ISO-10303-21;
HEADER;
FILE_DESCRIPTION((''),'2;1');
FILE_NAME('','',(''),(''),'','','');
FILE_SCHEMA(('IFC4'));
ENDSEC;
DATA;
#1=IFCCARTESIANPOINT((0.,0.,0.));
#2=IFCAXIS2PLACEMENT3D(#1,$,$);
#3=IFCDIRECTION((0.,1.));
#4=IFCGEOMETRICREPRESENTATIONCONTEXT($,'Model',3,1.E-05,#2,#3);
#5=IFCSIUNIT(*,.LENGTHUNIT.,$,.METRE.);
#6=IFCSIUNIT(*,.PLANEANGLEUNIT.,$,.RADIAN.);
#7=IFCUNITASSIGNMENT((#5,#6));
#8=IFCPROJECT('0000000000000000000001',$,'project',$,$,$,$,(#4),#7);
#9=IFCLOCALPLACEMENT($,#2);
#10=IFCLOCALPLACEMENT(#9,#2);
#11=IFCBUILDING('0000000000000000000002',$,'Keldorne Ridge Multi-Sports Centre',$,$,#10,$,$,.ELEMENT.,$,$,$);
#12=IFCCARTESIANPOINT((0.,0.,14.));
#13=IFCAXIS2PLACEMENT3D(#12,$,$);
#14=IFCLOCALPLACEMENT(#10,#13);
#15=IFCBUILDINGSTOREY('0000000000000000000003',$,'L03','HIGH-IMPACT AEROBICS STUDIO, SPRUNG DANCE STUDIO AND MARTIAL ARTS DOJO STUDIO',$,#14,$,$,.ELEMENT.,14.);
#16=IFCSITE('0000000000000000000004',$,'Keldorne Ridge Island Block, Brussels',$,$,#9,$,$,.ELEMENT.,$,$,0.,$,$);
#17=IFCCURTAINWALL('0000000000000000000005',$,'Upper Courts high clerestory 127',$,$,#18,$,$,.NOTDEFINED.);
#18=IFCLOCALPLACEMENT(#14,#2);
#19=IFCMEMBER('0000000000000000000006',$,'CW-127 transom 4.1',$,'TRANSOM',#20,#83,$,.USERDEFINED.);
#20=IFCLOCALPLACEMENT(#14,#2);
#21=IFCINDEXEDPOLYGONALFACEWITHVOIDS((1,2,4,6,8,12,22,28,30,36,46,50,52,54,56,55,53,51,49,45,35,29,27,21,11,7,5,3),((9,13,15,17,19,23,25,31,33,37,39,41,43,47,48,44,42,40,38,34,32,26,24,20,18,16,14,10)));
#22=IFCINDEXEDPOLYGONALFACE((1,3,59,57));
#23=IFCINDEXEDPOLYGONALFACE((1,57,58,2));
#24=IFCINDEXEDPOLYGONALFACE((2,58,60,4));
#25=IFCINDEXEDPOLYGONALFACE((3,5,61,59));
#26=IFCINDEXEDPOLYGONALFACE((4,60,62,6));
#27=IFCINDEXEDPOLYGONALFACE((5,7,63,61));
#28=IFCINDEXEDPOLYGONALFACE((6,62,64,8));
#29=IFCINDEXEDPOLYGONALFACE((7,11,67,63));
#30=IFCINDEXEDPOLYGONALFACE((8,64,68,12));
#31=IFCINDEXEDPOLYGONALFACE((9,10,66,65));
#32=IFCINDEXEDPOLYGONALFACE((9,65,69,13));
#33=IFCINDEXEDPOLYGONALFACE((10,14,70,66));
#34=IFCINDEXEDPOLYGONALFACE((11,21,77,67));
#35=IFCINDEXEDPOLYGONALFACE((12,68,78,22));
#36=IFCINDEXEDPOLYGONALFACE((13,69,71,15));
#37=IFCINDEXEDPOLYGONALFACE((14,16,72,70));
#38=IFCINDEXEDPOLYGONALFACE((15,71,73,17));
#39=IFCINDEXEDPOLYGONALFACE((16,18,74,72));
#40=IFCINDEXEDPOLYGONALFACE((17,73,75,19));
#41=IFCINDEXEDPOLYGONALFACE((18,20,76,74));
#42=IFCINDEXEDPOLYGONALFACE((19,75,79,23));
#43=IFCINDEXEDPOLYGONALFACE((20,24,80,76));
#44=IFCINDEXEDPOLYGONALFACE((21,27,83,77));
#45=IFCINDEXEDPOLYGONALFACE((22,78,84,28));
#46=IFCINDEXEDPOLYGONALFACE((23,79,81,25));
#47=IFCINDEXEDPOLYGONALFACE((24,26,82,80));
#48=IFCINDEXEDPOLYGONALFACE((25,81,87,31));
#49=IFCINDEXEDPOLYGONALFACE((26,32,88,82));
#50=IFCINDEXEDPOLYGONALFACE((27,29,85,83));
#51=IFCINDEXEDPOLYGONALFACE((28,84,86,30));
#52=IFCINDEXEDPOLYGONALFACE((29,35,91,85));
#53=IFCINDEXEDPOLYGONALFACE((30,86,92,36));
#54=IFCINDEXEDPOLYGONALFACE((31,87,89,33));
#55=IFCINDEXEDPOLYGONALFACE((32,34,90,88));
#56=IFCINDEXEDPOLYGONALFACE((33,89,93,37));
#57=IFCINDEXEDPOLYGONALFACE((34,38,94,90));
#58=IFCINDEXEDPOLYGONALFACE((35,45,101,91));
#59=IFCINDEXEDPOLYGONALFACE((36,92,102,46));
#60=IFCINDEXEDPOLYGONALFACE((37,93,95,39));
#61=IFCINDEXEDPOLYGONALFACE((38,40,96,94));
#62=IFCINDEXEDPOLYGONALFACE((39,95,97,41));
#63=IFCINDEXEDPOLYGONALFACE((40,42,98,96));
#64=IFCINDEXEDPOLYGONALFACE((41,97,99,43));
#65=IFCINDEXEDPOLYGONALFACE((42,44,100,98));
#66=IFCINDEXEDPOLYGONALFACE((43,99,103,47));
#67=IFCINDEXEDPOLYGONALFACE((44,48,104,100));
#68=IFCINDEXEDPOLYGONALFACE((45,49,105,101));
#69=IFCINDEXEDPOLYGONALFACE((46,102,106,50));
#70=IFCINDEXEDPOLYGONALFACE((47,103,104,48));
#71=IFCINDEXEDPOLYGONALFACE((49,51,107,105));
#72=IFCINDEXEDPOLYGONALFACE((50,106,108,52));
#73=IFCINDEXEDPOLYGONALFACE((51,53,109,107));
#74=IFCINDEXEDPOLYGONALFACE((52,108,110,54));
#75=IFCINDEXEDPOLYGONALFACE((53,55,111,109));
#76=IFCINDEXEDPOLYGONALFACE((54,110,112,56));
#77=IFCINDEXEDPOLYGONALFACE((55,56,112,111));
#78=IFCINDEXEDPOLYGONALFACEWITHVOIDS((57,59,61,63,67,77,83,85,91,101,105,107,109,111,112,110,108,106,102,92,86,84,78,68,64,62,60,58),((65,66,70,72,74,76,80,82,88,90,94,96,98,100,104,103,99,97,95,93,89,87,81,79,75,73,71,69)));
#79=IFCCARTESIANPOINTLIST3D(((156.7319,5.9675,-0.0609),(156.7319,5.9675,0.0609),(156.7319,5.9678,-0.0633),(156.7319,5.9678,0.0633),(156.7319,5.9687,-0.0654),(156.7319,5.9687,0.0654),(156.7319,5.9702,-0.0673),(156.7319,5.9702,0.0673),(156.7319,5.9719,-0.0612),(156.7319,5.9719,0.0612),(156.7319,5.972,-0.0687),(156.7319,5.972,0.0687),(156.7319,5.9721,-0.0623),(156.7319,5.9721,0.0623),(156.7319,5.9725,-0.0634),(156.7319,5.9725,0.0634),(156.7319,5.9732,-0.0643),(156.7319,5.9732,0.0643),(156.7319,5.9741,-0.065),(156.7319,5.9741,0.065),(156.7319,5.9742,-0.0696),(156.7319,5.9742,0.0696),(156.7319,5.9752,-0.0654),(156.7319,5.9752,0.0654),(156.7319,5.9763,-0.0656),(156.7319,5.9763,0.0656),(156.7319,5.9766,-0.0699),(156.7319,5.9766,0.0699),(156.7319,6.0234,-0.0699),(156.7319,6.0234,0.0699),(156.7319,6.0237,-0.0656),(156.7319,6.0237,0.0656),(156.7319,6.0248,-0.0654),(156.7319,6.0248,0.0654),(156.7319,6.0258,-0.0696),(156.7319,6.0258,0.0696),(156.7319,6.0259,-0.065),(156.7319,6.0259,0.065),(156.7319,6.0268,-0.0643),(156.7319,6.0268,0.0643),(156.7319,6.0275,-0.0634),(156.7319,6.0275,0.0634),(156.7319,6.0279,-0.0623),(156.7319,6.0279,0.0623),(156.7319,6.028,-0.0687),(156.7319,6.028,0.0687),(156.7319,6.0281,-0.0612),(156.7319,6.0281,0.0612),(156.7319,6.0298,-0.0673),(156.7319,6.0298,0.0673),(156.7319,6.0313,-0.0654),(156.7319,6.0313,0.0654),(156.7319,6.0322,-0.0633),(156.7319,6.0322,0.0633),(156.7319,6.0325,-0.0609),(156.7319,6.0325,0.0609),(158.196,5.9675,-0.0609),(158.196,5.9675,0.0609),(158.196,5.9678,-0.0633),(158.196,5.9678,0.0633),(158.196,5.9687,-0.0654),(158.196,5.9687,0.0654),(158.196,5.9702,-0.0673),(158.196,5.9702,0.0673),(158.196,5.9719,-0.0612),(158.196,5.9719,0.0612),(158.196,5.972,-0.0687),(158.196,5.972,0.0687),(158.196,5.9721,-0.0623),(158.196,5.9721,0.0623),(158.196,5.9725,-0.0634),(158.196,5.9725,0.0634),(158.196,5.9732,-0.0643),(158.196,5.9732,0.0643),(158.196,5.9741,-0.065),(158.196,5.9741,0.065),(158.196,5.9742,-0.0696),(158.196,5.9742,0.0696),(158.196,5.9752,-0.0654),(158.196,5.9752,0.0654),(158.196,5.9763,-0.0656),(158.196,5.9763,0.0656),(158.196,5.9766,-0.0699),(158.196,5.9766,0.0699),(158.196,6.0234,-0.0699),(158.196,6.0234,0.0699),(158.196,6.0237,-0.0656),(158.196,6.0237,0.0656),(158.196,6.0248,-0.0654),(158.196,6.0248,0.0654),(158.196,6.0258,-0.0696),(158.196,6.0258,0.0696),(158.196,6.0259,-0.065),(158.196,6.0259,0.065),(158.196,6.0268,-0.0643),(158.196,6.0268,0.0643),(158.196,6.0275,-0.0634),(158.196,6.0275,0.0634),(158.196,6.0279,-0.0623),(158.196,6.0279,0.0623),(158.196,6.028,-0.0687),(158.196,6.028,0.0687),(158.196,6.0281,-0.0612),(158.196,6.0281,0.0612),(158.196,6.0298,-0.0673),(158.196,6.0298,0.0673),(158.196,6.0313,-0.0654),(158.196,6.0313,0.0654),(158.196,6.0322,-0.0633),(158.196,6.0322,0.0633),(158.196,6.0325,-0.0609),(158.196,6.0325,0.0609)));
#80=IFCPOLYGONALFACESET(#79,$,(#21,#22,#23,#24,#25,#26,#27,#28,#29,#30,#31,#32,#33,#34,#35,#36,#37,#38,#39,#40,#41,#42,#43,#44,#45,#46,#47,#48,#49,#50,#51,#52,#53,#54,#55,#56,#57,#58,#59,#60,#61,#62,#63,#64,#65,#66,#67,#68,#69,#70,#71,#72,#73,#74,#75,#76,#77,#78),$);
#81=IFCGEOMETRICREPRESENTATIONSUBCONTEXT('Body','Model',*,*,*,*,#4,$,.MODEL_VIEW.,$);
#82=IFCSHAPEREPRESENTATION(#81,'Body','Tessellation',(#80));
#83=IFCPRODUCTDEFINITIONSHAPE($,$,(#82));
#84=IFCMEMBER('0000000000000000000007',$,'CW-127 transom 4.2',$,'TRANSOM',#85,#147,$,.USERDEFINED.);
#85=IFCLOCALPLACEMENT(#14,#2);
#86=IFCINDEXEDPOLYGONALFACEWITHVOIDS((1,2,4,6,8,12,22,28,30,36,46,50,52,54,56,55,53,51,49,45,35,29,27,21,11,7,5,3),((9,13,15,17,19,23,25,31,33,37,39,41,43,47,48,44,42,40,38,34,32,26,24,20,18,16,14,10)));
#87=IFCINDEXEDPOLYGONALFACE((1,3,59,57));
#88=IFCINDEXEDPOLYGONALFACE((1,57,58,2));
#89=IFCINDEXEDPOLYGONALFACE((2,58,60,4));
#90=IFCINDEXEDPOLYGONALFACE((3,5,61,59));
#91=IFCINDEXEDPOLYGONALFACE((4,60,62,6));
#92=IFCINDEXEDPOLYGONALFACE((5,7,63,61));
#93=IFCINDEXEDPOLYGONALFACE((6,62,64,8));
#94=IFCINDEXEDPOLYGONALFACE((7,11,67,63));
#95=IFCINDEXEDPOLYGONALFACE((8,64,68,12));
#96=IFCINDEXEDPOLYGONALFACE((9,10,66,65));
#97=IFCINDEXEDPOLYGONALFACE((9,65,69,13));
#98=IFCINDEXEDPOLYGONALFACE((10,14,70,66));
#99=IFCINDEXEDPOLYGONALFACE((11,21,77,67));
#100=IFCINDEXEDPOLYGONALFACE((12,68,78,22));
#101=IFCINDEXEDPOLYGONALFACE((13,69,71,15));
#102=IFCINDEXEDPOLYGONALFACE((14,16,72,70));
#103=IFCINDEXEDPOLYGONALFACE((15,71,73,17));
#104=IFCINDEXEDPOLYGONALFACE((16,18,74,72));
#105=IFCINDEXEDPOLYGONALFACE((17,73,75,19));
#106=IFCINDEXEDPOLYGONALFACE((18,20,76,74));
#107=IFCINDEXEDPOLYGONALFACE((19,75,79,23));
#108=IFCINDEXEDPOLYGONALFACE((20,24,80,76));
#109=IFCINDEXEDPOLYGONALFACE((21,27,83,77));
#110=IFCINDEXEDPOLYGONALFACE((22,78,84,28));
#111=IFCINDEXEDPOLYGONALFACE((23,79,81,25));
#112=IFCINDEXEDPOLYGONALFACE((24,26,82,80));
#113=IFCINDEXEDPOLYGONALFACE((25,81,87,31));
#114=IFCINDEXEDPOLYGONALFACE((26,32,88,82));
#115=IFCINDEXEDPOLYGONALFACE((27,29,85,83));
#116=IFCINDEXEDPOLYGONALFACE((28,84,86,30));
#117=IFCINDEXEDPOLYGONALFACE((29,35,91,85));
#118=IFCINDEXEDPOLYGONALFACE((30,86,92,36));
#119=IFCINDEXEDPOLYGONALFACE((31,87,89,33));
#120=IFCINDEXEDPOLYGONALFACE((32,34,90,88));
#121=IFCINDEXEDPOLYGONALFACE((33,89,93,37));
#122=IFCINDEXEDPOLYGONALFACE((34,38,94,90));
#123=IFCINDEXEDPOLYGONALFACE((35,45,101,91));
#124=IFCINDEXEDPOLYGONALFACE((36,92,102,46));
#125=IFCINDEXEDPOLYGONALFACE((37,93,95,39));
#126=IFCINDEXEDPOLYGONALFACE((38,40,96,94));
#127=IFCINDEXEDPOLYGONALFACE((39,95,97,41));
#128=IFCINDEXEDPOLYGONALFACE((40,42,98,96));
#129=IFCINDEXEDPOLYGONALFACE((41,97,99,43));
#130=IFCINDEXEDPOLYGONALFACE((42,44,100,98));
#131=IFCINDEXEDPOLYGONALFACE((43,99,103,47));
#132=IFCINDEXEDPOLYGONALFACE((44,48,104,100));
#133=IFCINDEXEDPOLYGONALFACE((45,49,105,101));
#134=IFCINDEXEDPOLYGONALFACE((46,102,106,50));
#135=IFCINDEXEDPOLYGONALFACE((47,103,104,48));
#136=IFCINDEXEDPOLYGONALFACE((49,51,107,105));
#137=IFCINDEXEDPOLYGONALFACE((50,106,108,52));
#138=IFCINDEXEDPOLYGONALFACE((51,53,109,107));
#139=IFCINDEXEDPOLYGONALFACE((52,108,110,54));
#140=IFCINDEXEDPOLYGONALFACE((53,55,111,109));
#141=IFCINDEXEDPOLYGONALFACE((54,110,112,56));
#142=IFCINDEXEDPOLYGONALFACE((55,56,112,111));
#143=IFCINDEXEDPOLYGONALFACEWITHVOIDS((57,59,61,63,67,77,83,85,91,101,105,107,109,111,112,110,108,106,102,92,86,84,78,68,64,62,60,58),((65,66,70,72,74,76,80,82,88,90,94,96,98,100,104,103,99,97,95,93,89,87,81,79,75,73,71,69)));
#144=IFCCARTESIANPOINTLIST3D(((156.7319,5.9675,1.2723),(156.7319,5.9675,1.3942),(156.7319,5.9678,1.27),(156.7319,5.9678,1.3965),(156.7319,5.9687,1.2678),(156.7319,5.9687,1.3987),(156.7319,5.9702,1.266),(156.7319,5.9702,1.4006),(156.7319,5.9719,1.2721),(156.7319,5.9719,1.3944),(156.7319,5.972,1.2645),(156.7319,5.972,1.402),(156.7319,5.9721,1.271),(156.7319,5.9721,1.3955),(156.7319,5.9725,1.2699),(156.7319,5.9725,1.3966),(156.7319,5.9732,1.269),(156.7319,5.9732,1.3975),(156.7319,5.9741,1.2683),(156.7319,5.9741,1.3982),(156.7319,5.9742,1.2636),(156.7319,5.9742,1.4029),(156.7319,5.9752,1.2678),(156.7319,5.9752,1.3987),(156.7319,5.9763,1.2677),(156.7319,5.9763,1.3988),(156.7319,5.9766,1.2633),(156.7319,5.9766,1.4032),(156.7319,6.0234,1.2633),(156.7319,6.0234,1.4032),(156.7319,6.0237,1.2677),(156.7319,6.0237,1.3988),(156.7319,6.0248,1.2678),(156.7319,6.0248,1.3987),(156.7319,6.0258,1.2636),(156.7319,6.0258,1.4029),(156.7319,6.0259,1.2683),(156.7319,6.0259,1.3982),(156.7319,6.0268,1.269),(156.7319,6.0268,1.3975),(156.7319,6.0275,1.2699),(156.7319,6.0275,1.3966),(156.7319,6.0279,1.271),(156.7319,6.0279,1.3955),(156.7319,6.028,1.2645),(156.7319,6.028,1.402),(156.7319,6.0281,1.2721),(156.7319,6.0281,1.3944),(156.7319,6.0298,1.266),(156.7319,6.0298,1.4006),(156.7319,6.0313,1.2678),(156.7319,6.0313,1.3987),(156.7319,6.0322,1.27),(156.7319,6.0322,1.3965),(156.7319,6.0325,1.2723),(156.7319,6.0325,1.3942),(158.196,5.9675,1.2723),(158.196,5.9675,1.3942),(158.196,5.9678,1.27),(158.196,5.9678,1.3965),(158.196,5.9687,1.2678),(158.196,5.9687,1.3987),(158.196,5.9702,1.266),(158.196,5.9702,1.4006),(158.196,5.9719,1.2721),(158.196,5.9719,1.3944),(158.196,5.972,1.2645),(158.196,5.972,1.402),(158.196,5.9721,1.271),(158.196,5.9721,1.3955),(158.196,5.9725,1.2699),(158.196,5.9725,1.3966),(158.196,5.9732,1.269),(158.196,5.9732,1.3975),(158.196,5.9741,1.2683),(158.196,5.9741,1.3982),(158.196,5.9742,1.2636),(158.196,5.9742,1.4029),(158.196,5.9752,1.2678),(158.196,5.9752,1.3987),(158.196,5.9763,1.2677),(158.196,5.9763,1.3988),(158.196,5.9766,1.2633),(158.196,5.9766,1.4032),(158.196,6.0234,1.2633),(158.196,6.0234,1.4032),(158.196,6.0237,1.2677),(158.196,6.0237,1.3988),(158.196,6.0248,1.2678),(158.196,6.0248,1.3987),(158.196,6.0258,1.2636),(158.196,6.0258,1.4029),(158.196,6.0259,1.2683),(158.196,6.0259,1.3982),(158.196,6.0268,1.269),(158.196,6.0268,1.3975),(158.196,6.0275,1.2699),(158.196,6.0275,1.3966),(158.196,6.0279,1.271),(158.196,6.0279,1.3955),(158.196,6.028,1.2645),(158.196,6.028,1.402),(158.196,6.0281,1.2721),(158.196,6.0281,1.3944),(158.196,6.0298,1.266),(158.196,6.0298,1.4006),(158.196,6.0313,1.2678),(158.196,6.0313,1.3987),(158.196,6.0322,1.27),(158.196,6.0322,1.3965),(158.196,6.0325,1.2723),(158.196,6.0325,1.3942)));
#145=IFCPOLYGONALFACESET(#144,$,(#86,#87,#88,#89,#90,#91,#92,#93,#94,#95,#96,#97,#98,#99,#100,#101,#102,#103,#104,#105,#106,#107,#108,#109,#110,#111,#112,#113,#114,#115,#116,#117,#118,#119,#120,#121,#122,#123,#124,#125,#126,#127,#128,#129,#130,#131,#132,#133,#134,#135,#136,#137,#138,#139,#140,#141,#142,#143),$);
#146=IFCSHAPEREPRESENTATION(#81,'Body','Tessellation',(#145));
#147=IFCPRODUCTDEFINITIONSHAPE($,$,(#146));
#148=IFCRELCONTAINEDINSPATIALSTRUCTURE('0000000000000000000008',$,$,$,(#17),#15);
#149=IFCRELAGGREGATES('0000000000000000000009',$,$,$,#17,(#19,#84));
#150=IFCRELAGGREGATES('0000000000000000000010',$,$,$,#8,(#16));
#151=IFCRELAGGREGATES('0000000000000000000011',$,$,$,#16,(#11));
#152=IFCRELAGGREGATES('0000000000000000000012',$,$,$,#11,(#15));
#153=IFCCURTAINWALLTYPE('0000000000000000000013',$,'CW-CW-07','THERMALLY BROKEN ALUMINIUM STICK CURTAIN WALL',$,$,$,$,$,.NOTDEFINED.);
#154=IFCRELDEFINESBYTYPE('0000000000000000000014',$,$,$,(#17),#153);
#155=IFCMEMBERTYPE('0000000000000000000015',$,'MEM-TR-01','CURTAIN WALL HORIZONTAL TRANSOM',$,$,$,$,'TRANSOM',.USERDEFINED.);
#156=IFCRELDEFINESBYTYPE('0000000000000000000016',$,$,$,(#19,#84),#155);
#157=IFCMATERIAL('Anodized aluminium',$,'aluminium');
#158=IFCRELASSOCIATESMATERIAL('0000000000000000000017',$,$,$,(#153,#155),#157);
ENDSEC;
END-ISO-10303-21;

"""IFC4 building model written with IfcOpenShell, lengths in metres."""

from ifc_helpers import new_model, si_unit, direction, frame, origin, origin_2d, place, context, subcontext, project, spatial, hollow_rectangle, extrude, material, material_profile, profile_set, type_object, element, aggregate, save


model = new_model("IFC4")

# Units and contexts
model_context = context("Model", 3, precision=1e-05, world=origin(), true_north=direction((0.0, 1.0)))
body_context = subcontext(model_context, "Body", "Model", "MODEL_VIEW")
ifc_project = project(units=[si_unit("LENGTHUNIT", "METRE"), si_unit("PLANEANGLEUNIT", "RADIAN")], contexts=[model_context])

# Site, building, storey
site_placement = place(None, origin())
site = spatial("IfcSite", under=ifc_project, at=site_placement, Name="Keldorne Ridge Island Block, Brussels", CompositionType="ELEMENT", RefElevation=0.0)
building_placement = place(site_placement, origin())
building = spatial("IfcBuilding", under=site, at=building_placement, Name="Keldorne Ridge Multi-Sports Centre", CompositionType="ELEMENT")
storey_placement = place(building_placement, frame((0.0, 0.0, 14.0)))
storey = spatial("IfcBuildingStorey", under=building, at=storey_placement, Name="L03", Description="HIGH-IMPACT AEROBICS STUDIO, SPRUNG DANCE STUDIO AND MARTIAL ARTS DOJO STUDIO", CompositionType="ELEMENT", Elevation=14.0)

# Curtain wall, members
ifc_material_1 = material(Name="Anodized aluminium", Category="aluminium")
curtain_wall_type = type_object("IfcCurtainWallType", Name="CW-CW-07", Description="THERMALLY BROKEN ALUMINIUM STICK CURTAIN WALL", PredefinedType="NOTDEFINED", material=ifc_material_1)
curtain_wall_placement = place(storey_placement, origin())
curtain_wall = element("IfcCurtainWall", 1, at=curtain_wall_placement, inside=storey, type_object=curtain_wall_type, Name="Upper Courts high clerestory 127", PredefinedType="NOTDEFINED")
ifc_material_profile_1 = material_profile(ifc_material_1, hollow_rectangle(XDim=0.0649, YDim=0.1399, WallThickness=0.0044, InnerFilletRadius=0.0044, OuterFilletRadius=0.009, at=origin_2d()), Name="ALU TRANSOM 140x65x4.5")
ifc_profile_set_1 = profile_set([ifc_material_profile_1], Name="Anodized aluminium")
member_type_1 = type_object("IfcMemberType", Name="MEM-TR-01", Description="CURTAIN WALL HORIZONTAL TRANSOM", ElementType="TRANSOM", PredefinedType="USERDEFINED", material=ifc_profile_set_1)
member_1_placement = place(storey_placement, frame((156.7319, 6.0, 0.0), z_axis=(1.0, 0.0, 0.0), x_axis=(0.0, 1.0, 0.0)))
member_1 = element("IfcMember", 2, at=member_1_placement, type_object=member_type_1, Name="CW-127 transom 4.1", ObjectType="TRANSOM", PredefinedType="USERDEFINED", context=body_context, shape_type="SweptSolid", body=[
    extrude(hollow_rectangle(XDim=0.0649, YDim=0.1399, WallThickness=0.0044, InnerFilletRadius=0.0044, OuterFilletRadius=0.009, at=origin_2d()), origin(), (0.0, 0.0, 1.0), 1.4641),
])
member_2_placement = place(storey_placement, frame((156.7319, 6.0, 1.3333), z_axis=(1.0, 0.0, 0.0), x_axis=(0.0, 1.0, 0.0)))
member_2 = element("IfcMember", 3, at=member_2_placement, type_object=member_type_1, Name="CW-127 transom 4.2", ObjectType="TRANSOM", PredefinedType="USERDEFINED", context=body_context, shape_type="SweptSolid", body=[
    extrude(hollow_rectangle(XDim=0.0649, YDim=0.1399, WallThickness=0.0044, InnerFilletRadius=0.0044, OuterFilletRadius=0.009, at=origin_2d()), origin(), (0.0, 0.0, 1.0), 1.4641),
])
aggregate(curtain_wall, [member_1, member_2])

save(model, "model.ifc")
